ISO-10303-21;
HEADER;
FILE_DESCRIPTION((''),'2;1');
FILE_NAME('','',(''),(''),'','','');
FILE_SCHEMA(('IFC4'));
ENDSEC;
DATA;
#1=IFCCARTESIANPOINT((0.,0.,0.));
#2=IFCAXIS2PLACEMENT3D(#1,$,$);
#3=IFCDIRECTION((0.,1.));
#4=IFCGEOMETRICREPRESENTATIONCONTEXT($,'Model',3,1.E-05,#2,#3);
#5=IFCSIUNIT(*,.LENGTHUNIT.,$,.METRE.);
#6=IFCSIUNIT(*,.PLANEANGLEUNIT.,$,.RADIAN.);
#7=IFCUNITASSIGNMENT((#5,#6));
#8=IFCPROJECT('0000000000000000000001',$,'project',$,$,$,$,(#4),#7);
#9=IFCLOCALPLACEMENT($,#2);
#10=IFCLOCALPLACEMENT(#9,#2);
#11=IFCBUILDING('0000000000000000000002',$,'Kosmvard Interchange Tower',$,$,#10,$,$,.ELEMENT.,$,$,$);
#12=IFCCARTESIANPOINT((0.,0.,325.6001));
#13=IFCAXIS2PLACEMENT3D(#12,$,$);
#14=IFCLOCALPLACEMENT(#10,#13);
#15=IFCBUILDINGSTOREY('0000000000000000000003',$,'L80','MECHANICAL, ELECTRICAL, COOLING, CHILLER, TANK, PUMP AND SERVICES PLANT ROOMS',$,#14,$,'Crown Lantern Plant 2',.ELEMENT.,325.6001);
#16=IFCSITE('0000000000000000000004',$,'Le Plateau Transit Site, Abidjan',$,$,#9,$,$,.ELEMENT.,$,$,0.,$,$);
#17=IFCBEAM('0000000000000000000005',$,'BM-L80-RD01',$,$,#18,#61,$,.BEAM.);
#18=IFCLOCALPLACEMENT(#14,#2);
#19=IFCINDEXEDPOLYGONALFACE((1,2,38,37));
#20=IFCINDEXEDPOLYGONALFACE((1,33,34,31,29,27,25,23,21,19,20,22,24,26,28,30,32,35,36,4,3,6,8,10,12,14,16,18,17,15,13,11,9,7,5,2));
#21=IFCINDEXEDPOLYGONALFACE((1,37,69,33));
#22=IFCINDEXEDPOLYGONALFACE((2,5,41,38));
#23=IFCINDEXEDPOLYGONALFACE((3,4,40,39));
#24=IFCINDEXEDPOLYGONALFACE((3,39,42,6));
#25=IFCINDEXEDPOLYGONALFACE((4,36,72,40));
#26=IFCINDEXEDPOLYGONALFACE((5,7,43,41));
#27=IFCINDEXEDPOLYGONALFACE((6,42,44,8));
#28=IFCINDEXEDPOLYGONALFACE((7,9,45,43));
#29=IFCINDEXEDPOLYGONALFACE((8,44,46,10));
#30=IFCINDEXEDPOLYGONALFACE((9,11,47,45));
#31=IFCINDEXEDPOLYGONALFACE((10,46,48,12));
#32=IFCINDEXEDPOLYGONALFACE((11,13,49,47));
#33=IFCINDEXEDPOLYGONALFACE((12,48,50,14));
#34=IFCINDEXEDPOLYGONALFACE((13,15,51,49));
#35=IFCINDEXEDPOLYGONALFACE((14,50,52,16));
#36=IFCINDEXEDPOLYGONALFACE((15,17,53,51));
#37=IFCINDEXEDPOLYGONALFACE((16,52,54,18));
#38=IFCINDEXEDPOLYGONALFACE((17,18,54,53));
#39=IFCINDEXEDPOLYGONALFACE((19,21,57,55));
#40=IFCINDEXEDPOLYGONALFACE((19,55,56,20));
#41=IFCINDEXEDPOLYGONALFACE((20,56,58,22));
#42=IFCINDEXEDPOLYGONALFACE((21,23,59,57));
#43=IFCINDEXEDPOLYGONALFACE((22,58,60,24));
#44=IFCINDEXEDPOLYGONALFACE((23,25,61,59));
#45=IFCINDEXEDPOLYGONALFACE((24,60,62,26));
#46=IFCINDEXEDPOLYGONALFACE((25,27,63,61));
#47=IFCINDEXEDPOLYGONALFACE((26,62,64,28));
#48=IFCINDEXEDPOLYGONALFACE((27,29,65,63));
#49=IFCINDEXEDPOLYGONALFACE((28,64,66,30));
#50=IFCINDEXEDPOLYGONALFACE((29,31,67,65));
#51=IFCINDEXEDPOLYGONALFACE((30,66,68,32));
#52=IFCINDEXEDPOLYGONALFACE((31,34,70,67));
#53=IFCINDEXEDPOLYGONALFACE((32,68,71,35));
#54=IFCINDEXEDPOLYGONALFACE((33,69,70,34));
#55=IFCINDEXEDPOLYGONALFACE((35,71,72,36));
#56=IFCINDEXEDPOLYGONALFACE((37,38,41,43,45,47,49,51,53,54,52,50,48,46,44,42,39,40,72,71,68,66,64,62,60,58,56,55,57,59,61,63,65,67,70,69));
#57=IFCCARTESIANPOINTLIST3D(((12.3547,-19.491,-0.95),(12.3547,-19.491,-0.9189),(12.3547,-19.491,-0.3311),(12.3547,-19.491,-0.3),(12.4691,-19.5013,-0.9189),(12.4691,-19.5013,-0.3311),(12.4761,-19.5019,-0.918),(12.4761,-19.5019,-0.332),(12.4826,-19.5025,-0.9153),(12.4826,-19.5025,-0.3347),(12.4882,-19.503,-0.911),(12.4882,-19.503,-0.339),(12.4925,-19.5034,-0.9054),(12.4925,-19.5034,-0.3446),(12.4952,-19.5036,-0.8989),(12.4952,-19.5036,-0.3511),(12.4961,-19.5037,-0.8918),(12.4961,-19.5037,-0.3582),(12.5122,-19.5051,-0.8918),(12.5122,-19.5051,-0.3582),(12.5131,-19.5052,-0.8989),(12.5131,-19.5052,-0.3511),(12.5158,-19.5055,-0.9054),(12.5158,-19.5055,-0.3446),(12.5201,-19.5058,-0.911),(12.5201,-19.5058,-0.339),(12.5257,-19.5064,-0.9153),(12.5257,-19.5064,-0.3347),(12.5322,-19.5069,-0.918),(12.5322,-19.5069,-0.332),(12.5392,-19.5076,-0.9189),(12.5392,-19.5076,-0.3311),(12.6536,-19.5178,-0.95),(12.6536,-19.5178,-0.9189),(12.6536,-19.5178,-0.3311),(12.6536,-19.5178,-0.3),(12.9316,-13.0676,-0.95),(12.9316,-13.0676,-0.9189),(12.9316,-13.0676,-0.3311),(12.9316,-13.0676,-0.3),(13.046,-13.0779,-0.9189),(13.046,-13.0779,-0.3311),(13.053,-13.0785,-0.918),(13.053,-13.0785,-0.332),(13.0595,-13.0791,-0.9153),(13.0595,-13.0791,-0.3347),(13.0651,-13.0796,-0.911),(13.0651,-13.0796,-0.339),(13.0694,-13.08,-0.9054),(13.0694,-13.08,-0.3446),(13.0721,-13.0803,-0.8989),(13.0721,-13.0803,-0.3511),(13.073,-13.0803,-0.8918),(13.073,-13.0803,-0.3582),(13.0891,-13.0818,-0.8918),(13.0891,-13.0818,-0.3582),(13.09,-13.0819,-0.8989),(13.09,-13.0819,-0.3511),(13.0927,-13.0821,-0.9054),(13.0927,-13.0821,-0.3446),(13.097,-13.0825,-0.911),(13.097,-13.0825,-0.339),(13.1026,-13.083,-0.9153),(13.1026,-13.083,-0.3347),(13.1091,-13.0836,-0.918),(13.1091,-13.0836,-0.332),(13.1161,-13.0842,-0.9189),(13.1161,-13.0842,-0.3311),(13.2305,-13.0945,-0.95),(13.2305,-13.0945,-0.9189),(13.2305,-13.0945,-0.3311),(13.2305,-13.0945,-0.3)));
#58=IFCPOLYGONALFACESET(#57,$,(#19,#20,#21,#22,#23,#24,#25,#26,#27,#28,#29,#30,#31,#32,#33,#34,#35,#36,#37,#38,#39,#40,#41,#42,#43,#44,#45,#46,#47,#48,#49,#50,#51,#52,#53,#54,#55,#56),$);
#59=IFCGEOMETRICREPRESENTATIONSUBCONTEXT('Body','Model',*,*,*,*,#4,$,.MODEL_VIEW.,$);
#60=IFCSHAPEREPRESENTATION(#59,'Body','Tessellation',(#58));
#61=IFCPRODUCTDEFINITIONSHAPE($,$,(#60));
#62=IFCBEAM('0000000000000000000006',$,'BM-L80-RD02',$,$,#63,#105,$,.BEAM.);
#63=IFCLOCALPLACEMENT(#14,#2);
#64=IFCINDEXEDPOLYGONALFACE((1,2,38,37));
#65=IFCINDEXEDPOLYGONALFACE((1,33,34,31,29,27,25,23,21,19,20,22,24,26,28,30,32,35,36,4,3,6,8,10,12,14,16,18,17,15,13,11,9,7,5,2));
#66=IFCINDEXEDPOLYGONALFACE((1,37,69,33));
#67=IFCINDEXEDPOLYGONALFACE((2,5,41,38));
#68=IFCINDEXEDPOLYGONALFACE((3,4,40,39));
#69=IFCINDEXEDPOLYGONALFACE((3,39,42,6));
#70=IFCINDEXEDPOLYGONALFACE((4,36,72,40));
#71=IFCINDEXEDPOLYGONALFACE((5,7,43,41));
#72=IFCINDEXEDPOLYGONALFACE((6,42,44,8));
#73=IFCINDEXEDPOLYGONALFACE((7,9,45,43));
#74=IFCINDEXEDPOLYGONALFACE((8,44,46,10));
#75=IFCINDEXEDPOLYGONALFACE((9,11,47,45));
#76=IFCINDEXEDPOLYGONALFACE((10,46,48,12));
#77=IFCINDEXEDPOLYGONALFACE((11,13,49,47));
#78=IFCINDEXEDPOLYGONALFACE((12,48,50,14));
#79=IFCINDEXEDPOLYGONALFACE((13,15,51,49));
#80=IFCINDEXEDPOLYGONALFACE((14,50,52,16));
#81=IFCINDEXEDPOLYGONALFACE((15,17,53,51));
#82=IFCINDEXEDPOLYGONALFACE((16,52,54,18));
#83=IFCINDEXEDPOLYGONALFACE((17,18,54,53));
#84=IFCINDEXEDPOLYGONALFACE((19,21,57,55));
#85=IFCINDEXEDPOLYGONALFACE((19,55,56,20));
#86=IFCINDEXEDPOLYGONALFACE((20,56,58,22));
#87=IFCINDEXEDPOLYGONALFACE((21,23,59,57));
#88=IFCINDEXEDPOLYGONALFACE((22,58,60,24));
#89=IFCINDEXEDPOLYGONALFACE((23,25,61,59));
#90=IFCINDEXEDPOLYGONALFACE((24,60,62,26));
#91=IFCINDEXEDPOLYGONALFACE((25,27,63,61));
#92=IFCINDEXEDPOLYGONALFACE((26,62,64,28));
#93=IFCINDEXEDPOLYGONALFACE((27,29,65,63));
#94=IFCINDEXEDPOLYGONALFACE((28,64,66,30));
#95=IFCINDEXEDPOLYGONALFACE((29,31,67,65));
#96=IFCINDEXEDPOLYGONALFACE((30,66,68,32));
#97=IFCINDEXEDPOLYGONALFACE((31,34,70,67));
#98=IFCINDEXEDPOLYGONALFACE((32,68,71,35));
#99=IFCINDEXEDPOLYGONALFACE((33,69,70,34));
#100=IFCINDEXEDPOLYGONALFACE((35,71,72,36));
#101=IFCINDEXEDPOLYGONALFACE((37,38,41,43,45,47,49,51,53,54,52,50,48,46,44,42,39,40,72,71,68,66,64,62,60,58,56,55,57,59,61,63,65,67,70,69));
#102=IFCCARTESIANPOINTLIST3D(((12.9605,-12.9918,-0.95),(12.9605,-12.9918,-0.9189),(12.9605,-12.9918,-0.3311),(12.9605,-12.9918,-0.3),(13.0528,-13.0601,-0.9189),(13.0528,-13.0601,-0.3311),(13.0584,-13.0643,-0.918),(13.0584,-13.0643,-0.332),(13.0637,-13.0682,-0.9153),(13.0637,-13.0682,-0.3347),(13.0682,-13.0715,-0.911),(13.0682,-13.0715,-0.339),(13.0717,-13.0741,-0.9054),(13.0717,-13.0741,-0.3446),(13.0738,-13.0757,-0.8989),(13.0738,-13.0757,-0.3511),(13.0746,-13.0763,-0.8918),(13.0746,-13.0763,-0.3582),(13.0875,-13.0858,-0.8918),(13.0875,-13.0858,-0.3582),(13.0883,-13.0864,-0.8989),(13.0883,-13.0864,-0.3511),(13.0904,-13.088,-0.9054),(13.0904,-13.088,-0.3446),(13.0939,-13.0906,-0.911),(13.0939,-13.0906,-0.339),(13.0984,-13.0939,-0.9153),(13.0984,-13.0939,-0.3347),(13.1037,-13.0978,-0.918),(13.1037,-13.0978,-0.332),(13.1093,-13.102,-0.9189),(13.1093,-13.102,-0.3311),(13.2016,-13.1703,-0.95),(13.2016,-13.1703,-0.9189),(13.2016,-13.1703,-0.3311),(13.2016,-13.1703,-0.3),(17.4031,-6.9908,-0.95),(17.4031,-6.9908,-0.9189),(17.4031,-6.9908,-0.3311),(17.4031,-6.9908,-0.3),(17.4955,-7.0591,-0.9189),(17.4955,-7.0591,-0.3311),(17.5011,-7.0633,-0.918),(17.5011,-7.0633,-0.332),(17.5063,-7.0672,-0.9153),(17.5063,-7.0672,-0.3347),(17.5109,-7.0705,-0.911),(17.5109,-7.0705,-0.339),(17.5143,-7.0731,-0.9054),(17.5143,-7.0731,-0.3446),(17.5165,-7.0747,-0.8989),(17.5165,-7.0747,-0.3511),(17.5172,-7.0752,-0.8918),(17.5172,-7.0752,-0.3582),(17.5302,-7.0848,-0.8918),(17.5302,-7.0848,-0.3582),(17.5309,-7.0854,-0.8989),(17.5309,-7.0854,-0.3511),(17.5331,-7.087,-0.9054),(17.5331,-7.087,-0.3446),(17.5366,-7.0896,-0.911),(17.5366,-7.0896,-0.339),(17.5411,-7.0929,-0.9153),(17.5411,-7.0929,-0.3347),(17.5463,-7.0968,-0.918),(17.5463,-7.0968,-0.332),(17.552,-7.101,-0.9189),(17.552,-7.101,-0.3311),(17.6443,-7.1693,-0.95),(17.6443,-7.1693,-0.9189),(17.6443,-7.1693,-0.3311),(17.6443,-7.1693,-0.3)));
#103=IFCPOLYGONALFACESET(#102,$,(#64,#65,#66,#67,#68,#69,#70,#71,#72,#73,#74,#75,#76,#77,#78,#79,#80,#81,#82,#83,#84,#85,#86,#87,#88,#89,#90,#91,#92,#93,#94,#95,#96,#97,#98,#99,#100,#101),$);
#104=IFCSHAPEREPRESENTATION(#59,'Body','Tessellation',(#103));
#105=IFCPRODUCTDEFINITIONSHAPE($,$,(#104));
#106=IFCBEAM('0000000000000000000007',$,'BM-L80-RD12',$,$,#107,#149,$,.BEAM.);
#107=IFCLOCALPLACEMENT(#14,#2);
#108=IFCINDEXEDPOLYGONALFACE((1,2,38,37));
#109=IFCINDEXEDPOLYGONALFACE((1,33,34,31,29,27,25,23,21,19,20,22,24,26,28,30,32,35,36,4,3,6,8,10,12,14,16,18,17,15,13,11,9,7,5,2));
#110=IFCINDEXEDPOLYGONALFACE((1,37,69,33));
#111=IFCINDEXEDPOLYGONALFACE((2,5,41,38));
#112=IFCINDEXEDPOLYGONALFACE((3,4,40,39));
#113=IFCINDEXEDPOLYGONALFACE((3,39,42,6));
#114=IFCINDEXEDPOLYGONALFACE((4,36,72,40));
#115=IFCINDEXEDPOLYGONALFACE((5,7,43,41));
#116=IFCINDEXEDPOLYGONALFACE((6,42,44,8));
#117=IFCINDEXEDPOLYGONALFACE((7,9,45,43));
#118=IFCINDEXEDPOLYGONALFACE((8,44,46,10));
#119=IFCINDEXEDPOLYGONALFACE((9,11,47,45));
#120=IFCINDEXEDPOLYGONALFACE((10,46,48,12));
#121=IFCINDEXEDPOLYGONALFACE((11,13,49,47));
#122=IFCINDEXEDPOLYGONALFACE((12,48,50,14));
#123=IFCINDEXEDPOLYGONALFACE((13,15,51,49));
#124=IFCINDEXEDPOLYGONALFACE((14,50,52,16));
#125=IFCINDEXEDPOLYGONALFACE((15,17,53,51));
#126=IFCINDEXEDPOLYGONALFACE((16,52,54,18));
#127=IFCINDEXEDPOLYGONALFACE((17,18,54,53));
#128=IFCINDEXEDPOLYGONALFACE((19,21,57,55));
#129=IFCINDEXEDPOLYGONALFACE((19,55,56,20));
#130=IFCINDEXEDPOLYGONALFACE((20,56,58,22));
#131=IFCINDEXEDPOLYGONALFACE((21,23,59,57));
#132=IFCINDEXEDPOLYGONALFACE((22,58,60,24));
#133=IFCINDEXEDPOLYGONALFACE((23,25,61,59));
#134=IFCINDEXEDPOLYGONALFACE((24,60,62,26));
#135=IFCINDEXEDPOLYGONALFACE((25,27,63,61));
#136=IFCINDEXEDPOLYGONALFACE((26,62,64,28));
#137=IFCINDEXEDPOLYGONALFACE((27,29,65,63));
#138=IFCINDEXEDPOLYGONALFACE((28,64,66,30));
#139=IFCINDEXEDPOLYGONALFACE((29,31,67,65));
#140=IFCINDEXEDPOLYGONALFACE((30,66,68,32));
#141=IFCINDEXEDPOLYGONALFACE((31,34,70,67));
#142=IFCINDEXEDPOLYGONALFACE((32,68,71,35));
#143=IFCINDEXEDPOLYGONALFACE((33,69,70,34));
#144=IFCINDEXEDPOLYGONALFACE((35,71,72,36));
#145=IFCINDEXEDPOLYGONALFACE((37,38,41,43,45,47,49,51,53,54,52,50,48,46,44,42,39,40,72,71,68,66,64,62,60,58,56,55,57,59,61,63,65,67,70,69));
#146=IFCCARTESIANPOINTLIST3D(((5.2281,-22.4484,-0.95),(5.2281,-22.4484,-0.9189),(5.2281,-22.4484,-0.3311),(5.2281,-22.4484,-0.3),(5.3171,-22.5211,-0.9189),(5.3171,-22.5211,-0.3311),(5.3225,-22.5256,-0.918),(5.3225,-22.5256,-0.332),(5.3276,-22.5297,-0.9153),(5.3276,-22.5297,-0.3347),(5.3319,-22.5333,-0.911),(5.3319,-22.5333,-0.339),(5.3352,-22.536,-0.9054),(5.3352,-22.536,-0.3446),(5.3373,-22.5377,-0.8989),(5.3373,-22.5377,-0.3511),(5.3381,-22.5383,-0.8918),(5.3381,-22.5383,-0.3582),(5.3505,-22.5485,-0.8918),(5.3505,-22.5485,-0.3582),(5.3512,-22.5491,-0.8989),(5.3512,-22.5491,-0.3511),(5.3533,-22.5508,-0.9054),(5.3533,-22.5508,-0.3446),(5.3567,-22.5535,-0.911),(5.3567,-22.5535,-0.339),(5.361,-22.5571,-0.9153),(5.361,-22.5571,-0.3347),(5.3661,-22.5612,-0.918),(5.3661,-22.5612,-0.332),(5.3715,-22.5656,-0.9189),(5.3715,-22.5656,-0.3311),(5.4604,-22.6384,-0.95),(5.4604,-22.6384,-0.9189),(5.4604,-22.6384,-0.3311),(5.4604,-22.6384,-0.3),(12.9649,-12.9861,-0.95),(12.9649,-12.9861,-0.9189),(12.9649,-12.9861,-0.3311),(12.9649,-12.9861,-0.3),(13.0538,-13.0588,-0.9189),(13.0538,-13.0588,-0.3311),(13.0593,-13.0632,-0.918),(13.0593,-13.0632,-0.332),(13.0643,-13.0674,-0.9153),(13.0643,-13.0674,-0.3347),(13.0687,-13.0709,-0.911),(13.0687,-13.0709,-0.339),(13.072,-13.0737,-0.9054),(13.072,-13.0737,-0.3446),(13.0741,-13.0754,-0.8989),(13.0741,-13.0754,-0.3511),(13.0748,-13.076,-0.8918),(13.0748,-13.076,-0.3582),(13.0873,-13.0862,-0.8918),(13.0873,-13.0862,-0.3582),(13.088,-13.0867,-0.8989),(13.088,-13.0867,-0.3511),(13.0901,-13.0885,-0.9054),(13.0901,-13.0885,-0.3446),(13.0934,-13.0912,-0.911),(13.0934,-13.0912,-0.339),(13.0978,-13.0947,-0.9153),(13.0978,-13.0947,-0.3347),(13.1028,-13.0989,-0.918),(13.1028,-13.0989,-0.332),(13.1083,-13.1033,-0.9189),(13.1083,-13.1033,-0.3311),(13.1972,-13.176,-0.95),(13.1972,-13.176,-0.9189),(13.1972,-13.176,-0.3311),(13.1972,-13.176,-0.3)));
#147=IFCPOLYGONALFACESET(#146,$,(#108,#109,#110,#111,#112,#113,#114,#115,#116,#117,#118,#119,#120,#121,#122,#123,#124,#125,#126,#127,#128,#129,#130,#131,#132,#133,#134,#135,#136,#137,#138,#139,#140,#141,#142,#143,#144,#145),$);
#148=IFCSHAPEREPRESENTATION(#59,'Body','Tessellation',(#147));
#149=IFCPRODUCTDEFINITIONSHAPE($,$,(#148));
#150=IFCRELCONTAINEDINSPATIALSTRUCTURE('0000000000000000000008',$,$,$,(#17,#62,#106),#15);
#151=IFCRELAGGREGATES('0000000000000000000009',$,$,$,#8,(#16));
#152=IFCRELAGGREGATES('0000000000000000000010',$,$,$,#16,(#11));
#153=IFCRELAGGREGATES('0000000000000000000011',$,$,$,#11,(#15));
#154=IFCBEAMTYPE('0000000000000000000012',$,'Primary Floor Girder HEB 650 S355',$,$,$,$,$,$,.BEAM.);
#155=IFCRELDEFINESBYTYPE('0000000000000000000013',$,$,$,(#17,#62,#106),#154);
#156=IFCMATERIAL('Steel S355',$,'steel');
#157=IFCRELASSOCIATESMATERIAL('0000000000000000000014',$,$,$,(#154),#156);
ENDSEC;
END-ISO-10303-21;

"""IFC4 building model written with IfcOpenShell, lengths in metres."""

from ifc_helpers import new_model, si_unit, direction, frame, origin, origin_2d, place, context, subcontext, project, spatial, i_section, extrude, source, transform, mapped, material, material_profile, profile_set, type_object, element, save


model = new_model("IFC4")

# Units and contexts
model_context = context("Model", 3, precision=1e-05, world=origin(), true_north=direction((0.0, 1.0)))
body_context = subcontext(model_context, "Body", "Model", "MODEL_VIEW")
ifc_project = project(units=[si_unit("LENGTHUNIT", "METRE"), si_unit("PLANEANGLEUNIT", "RADIAN")], contexts=[model_context])

# Site, building, storey
site_placement = place(None, origin())
site = spatial("IfcSite", under=ifc_project, at=site_placement, Name="Le Plateau Transit Site, Abidjan", CompositionType="ELEMENT", RefElevation=0.0)
building_placement = place(site_placement, origin())
building = spatial("IfcBuilding", under=site, at=building_placement, Name="Kosmvard Interchange Tower", CompositionType="ELEMENT")
storey_placement = place(building_placement, frame((0.0, 0.0, 325.6001)))
storey = spatial("IfcBuildingStorey", under=building, at=storey_placement, Name="L80", Description="MECHANICAL, ELECTRICAL, COOLING, CHILLER, TANK, PUMP AND SERVICES PLANT ROOMS", LongName="Crown Lantern Plant 2", CompositionType="ELEMENT", Elevation=325.6001)

# Beams
ifc_material_1 = material(Name="Steel S355", Category="steel")
ifc_material_profile_1 = material_profile(ifc_material_1, i_section(OverallWidth=0.3, OverallDepth=0.6499, WebThickness=0.0161, FlangeThickness=0.031, FilletRadius=0.0271, at=origin_2d()), Name="HEB 650")
ifc_profile_set_1 = profile_set([ifc_material_profile_1], Name="Steel S355")
beam_type_1 = type_object("IfcBeamType", Name="Primary Floor Girder HEB 650 S355", PredefinedType="BEAM", material=ifc_profile_set_1)
shared_shape_1 = source(origin(), body_context, "Body", "SweptSolid", [
    extrude(i_section(OverallWidth=0.3, OverallDepth=0.6499, WebThickness=0.0161, FlangeThickness=0.031, FilletRadius=0.0271, at=origin_2d()), origin(), (0.0, 0.0, 1.0), 6.4492),
])
beam_1_placement = place(storey_placement, frame((13.0811, -13.0811, -0.625), z_axis=(-0.089454, -0.995991, 0.0), x_axis=(0.995991, -0.089454, 0.0)))
element("IfcBeam", 1, at=beam_1_placement, inside=storey, type_object=beam_type_1, Name="BM-L80-RD01", PredefinedType="BEAM", context=body_context, shape_type="MappedRepresentation", body=[
    mapped(shared_shape_1, transform((0.0, 0.0, 0.0), scale=1.0)),
])
shared_shape_2 = source(origin(), body_context, "Body", "SweptSolid", [
    extrude(i_section(OverallWidth=0.3, OverallDepth=0.6499, WebThickness=0.0161, FlangeThickness=0.031, FilletRadius=0.0271, at=origin_2d()), origin(), (0.0, 0.0, 1.0), 7.4666),
])
beam_2_placement = place(storey_placement, frame((13.0811, -13.0811, -0.625), z_axis=(0.595008, 0.80372, 0.0), x_axis=(-0.80372, 0.595008, 0.0)))
element("IfcBeam", 2, at=beam_2_placement, inside=storey, type_object=beam_type_1, Name="BM-L80-RD02", PredefinedType="BEAM", context=body_context, shape_type="MappedRepresentation", body=[
    mapped(shared_shape_2, transform((0.0, 0.0, 0.0), scale=1.0)),
])
shared_shape_3 = source(origin(), body_context, "Body", "SweptSolid", [
    extrude(i_section(OverallWidth=0.3, OverallDepth=0.6499, WebThickness=0.0161, FlangeThickness=0.031, FilletRadius=0.0271, at=origin_2d()), origin(), (0.0, 0.0, 1.0), 12.2227),
])
beam_3_placement = place(storey_placement, frame((13.0811, -13.0811, -0.625), z_axis=(-0.632985, -0.774164, 0.0), x_axis=(0.774164, -0.632985, 0.0)))
element("IfcBeam", 3, at=beam_3_placement, inside=storey, type_object=beam_type_1, Name="BM-L80-RD12", PredefinedType="BEAM", context=body_context, shape_type="MappedRepresentation", body=[
    mapped(shared_shape_3, transform((0.0, 0.0, 0.0), scale=1.0)),
])

save(model, "model.ifc")
